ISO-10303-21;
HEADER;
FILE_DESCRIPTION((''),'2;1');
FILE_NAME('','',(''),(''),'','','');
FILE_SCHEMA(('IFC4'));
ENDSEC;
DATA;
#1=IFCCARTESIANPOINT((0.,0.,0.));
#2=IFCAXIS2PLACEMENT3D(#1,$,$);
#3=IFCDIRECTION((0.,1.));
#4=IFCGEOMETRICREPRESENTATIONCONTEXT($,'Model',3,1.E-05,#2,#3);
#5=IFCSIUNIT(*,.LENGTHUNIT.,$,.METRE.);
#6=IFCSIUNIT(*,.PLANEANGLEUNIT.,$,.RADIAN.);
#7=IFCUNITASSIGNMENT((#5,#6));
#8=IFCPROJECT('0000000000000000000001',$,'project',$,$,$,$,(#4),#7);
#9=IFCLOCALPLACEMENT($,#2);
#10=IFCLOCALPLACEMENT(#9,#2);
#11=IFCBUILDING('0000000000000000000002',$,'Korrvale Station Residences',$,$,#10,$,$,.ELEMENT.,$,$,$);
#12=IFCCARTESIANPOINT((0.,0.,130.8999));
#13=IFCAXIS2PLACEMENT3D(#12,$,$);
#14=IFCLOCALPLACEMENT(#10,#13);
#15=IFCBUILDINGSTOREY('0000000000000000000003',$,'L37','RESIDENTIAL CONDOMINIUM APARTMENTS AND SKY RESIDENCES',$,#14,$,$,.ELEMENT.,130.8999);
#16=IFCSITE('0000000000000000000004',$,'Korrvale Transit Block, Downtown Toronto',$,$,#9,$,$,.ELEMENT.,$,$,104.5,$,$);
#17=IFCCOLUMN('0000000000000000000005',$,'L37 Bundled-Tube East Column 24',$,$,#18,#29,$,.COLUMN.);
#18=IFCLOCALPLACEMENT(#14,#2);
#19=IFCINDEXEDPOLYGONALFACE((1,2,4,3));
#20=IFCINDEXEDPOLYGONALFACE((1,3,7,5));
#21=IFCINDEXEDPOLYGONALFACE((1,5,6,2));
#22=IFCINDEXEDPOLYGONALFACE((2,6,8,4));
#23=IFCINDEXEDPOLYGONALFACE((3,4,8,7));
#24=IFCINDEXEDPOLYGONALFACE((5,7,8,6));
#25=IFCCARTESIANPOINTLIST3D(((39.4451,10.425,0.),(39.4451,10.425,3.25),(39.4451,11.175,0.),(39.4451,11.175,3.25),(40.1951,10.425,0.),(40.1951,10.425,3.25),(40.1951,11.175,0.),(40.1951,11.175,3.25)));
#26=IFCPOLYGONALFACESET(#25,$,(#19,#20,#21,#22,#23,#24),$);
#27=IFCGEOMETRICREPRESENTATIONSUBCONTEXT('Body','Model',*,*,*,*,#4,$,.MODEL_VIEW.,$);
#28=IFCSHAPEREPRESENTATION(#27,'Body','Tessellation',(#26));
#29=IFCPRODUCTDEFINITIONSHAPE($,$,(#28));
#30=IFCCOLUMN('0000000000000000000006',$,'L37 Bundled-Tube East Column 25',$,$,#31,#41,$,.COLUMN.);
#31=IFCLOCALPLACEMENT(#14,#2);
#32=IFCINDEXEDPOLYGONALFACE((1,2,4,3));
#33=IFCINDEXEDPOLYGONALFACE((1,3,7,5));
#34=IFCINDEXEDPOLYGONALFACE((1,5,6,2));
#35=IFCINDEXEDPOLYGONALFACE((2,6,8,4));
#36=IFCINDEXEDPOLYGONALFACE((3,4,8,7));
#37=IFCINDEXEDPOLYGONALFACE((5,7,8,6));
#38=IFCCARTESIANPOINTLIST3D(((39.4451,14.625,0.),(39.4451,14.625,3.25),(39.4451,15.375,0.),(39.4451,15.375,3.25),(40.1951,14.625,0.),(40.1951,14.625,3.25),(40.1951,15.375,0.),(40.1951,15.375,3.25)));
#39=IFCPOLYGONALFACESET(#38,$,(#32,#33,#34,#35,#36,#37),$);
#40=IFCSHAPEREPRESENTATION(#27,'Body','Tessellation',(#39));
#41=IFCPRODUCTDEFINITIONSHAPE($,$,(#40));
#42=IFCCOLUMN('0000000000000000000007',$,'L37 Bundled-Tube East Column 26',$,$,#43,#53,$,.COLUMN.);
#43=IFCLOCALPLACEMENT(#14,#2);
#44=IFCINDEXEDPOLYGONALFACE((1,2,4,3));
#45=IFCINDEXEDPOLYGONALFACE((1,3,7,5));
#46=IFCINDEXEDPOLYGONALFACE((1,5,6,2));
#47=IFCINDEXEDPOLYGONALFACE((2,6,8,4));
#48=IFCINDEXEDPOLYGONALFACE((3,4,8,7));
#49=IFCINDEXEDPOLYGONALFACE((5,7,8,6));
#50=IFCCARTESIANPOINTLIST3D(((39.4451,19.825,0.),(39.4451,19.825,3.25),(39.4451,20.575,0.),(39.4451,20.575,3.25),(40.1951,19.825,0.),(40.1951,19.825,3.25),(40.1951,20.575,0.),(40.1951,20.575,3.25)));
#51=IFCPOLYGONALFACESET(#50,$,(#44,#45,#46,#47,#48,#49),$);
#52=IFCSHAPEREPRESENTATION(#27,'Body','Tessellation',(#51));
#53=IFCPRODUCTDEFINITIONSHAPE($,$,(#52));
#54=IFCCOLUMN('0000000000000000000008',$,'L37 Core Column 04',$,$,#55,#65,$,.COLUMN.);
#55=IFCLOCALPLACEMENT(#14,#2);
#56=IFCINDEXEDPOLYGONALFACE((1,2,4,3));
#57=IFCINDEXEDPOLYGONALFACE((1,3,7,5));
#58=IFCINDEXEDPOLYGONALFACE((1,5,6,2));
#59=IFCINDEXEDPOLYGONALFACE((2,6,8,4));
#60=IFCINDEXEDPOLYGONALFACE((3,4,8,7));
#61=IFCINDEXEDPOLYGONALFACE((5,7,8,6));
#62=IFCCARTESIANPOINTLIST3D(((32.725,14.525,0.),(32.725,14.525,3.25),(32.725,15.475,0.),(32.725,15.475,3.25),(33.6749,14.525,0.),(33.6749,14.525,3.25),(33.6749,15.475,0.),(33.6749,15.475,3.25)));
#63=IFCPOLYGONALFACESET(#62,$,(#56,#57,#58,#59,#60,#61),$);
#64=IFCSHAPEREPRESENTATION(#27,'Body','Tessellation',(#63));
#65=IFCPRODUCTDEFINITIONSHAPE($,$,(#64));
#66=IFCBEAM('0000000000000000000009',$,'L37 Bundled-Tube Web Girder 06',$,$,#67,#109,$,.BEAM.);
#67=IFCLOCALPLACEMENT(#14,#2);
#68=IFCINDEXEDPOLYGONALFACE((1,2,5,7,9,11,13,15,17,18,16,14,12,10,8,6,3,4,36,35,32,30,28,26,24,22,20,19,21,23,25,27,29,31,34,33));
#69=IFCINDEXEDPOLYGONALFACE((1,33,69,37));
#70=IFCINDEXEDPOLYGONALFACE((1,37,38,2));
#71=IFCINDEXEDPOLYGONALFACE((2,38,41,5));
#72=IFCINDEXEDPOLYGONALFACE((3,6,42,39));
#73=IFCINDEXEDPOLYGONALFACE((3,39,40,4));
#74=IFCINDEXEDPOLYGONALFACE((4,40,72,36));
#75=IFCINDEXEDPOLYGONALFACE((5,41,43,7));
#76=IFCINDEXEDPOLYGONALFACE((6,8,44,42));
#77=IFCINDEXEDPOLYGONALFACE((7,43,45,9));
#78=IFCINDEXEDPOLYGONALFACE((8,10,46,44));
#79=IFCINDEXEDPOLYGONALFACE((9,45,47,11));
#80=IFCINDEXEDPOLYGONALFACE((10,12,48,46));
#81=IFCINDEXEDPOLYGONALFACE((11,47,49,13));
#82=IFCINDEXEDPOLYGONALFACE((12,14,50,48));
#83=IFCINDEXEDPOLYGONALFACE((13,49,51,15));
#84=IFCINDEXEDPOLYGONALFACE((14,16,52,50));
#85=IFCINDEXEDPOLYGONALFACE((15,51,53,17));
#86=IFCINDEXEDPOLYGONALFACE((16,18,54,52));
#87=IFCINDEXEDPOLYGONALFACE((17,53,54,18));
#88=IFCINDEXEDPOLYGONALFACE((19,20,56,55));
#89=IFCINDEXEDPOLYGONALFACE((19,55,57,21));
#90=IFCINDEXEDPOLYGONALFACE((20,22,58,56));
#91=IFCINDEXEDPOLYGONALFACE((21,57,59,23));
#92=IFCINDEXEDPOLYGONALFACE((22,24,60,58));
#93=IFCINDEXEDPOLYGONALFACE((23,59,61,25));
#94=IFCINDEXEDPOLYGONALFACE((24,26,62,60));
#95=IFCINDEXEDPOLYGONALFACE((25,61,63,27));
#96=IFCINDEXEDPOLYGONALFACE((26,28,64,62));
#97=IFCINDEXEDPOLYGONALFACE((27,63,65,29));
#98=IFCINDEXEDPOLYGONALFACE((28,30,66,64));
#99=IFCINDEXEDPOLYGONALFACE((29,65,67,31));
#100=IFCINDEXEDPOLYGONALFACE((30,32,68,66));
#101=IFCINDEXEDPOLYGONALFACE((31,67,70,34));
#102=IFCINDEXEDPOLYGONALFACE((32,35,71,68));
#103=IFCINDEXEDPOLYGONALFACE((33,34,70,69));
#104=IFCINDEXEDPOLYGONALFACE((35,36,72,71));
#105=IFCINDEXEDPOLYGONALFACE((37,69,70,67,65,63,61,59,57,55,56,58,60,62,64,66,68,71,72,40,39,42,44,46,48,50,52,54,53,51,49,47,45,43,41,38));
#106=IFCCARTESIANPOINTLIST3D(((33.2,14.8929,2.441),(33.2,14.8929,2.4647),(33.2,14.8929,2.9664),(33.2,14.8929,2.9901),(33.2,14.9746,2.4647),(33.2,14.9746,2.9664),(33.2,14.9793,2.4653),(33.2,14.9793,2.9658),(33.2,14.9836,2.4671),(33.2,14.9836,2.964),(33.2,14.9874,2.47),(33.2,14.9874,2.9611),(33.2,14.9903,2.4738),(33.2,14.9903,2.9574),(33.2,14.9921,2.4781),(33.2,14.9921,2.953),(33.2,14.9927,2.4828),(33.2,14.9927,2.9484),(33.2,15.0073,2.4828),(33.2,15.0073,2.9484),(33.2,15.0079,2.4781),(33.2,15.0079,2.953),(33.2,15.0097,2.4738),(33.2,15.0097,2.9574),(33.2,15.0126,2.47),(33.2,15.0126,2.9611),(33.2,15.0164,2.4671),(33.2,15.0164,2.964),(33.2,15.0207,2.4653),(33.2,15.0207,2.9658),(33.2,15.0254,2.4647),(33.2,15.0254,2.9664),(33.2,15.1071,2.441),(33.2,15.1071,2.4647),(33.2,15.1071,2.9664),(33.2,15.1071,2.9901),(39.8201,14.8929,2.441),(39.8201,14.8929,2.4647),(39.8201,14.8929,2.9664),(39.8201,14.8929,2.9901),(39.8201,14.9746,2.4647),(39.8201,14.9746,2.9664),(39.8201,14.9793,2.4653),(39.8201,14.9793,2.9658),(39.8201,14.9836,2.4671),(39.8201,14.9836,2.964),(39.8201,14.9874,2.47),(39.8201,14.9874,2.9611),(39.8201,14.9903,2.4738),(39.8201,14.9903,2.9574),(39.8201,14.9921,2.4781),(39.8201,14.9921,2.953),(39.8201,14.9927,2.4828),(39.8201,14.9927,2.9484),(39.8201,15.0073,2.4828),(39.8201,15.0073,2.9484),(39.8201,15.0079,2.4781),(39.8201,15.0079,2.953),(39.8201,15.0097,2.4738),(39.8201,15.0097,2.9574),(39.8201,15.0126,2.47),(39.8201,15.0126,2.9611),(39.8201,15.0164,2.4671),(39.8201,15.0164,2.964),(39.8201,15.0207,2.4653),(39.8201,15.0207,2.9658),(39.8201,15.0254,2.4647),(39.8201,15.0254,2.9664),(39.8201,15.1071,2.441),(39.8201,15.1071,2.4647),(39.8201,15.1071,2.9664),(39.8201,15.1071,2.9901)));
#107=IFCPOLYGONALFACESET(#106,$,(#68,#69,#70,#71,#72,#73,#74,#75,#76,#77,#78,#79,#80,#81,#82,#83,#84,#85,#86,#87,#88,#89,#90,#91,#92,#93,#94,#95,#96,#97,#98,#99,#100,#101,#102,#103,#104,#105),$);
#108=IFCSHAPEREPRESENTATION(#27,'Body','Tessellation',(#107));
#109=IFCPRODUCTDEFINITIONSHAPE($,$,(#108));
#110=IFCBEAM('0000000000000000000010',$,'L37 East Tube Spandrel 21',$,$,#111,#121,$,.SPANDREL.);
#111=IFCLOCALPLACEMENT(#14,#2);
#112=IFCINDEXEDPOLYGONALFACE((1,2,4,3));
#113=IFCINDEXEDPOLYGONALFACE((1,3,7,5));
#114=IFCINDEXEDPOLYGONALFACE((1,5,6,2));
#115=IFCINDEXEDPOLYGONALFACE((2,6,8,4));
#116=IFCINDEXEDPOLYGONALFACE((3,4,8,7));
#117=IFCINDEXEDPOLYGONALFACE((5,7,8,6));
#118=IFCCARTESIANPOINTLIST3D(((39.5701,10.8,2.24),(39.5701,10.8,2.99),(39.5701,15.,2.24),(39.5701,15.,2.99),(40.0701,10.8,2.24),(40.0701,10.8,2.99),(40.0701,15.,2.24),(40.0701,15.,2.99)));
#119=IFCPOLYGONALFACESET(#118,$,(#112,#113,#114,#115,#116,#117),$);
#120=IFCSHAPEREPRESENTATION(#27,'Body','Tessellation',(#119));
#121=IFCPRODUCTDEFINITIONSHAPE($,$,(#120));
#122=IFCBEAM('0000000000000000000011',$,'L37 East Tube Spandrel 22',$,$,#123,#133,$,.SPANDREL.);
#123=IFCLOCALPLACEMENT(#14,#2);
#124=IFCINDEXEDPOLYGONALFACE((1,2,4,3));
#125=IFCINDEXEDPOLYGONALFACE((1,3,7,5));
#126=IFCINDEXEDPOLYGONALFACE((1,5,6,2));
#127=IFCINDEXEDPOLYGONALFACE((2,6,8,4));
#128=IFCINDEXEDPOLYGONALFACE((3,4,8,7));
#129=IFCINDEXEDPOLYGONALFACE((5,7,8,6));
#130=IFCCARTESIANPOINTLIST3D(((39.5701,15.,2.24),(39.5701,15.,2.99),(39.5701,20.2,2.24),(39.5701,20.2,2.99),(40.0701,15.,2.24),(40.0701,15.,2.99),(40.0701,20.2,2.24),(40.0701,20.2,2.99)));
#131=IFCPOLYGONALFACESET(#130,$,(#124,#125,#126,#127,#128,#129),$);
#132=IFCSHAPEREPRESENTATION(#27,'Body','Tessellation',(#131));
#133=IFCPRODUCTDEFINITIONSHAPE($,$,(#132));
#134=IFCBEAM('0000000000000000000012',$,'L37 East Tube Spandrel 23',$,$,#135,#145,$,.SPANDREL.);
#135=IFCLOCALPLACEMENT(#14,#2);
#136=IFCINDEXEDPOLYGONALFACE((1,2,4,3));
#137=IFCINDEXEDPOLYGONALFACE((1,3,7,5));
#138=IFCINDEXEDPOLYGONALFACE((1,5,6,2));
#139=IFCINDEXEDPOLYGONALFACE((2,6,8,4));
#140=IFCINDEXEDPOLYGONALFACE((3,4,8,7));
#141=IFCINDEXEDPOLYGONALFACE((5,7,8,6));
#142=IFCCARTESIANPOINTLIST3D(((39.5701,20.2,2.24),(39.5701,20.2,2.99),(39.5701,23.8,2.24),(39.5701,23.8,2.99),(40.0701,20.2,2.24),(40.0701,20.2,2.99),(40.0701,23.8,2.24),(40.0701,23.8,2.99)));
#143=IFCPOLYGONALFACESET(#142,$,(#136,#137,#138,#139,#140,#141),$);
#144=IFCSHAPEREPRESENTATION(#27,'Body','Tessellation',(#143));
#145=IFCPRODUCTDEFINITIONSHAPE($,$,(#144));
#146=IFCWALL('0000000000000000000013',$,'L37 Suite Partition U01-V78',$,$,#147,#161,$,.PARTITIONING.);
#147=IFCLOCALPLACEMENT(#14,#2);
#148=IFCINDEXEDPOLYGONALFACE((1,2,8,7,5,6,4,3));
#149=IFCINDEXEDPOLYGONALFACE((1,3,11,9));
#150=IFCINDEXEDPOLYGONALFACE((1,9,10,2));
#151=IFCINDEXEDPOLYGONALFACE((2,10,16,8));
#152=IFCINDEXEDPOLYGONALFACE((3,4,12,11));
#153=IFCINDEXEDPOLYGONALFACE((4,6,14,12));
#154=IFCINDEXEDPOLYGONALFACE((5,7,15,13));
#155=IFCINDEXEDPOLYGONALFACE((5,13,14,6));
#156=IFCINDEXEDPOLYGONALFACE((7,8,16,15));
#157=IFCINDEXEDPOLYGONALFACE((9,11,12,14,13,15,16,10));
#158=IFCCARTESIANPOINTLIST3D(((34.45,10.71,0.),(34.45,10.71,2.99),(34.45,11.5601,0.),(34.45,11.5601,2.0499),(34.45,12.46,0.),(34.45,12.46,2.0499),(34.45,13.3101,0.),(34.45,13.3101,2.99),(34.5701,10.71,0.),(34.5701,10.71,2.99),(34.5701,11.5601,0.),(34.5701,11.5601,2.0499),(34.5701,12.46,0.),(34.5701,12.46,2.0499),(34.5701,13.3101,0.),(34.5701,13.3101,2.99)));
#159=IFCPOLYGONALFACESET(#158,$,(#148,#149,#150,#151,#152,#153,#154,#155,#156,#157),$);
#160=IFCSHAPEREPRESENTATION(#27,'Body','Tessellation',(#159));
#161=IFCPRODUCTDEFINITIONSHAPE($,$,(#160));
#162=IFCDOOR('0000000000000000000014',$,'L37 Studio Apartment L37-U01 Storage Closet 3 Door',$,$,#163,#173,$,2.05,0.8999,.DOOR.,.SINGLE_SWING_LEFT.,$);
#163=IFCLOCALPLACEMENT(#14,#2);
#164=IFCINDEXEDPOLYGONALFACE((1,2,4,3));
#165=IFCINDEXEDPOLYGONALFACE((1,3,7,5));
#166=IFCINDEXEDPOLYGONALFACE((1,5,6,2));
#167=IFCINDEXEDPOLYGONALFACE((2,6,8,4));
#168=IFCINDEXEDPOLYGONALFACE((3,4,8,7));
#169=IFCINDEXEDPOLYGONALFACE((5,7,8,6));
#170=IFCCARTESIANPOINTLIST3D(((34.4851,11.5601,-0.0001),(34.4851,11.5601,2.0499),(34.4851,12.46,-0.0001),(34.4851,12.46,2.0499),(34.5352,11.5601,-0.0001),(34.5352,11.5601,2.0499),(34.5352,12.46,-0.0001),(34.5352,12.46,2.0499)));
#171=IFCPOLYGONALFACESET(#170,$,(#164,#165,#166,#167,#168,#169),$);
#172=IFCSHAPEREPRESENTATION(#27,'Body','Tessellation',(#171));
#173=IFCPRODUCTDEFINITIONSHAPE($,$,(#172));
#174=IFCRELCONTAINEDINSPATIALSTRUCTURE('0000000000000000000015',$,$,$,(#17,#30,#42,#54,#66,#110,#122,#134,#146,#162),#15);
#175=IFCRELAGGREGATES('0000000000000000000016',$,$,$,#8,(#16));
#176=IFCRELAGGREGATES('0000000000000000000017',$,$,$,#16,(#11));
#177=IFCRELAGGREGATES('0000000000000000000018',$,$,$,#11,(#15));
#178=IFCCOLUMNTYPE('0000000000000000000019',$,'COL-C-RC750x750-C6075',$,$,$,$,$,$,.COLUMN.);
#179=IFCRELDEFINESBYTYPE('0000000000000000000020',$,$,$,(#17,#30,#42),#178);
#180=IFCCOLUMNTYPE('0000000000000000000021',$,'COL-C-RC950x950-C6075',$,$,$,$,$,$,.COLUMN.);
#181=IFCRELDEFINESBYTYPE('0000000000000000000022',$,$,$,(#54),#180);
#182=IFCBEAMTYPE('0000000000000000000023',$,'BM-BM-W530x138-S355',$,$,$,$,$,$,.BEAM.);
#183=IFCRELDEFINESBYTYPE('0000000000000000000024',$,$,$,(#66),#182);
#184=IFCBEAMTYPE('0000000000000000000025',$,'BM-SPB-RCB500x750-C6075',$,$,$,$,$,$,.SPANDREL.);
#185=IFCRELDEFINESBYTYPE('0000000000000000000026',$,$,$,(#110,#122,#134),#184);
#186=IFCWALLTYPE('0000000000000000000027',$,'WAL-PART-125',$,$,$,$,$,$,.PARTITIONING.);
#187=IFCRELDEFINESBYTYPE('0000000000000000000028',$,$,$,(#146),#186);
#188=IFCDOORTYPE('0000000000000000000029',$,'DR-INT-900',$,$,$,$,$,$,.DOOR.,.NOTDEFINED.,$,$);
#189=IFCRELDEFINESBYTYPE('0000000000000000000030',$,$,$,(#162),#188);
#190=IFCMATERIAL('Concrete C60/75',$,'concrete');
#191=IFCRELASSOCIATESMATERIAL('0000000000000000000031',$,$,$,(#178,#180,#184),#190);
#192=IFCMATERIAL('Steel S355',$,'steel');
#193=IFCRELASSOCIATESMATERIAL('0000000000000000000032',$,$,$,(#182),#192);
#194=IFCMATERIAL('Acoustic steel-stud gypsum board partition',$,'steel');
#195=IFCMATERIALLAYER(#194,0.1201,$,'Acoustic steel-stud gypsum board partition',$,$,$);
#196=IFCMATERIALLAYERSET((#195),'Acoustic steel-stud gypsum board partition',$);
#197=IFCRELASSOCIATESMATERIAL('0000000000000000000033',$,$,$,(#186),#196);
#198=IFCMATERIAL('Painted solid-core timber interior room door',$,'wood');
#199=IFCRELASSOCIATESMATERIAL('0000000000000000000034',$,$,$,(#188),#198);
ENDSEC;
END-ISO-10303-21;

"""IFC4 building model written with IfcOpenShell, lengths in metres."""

from ifc_helpers import new_model, si_unit, direction, frame, frame_2d, origin, origin_2d, place, context, subcontext, project, spatial, rectangle, i_section, extrude, material, layer, layer_set, material_profile, profile_set, type_object, element, fill, save


model = new_model("IFC4")

# Units and contexts
model_context = context("Model", 3, precision=1e-05, world=origin(), true_north=direction((0.0, 1.0)))
body_context = subcontext(model_context, "Body", "Model", "MODEL_VIEW")
ifc_project = project(units=[si_unit("LENGTHUNIT", "METRE"), si_unit("PLANEANGLEUNIT", "RADIAN")], contexts=[model_context])

# Site, building, storey
site_placement = place(None, origin())
site = spatial("IfcSite", under=ifc_project, at=site_placement, Name="Korrvale Transit Block, Downtown Toronto", CompositionType="ELEMENT", RefElevation=104.5)
building_placement = place(site_placement, origin())
building = spatial("IfcBuilding", under=site, at=building_placement, Name="Korrvale Station Residences", CompositionType="ELEMENT")
storey_placement = place(building_placement, frame((0.0, 0.0, 130.8999)))
storey = spatial("IfcBuildingStorey", under=building, at=storey_placement, Name="L37", Description="RESIDENTIAL CONDOMINIUM APARTMENTS AND SKY RESIDENCES", CompositionType="ELEMENT", Elevation=130.8999)

# Columns
ifc_material_1 = material(Name="Concrete C60/75", Category="concrete")
ifc_material_profile_1 = material_profile(ifc_material_1, rectangle(XDim=0.75, YDim=0.75, at=origin_2d()), Name="RC750x750")
ifc_profile_set_1 = profile_set([ifc_material_profile_1], Name="Concrete C60/75")
column_type_1 = type_object("IfcColumnType", Name="COL-C-RC750x750-C6075", PredefinedType="COLUMN", material=ifc_profile_set_1)
for number, where, z_axis, x_axis, name in (
    (1, (39.8201, 10.8, 0.0), (0.0, 0.0, 1.0), (1.0, 0.0, 0.0), "L37 Bundled-Tube East Column 24"),
    (2, (39.8201, 15.0, 0.0), (0.0, 0.0, 1.0), (1.0, 0.0, 0.0), "L37 Bundled-Tube East Column 25"),
    (3, (39.8201, 20.2, 0.0), (0.0, 0.0, 1.0), (1.0, 0.0, 0.0), "L37 Bundled-Tube East Column 26"),
):
    element("IfcColumn", number, at=place(storey_placement, frame(where, z_axis=z_axis, x_axis=x_axis)), inside=storey, type_object=column_type_1, Name=name, PredefinedType="COLUMN", context=body_context, shape_type="SweptSolid", body=[
        extrude(rectangle(XDim=0.75, YDim=0.75, at=origin_2d()), origin(), (0.0, 0.0, 1.0), 3.25),
    ])
ifc_material_profile_2 = material_profile(ifc_material_1, rectangle(XDim=0.95, YDim=0.95, at=origin_2d()), Name="RC950x950")
ifc_profile_set_2 = profile_set([ifc_material_profile_2], Name="Concrete C60/75")
column_type_2 = type_object("IfcColumnType", Name="COL-C-RC950x950-C6075", PredefinedType="COLUMN", material=ifc_profile_set_2)
column_placement = place(storey_placement, frame((33.2, 15.0, 0.0), z_axis=(0.0, 0.0, 1.0), x_axis=(1.0, 0.0, 0.0)))
element("IfcColumn", 4, at=column_placement, inside=storey, type_object=column_type_2, Name="L37 Core Column 04", PredefinedType="COLUMN", context=body_context, shape_type="SweptSolid", body=[
    extrude(rectangle(XDim=0.95, YDim=0.95, at=origin_2d()), origin(), (0.0, 0.0, 1.0), 3.25),
])

# Beams
ifc_material_2 = material(Name="Steel S355", Category="steel")
ifc_material_profile_3 = material_profile(ifc_material_2, i_section(OverallWidth=0.2141, OverallDepth=0.5491, WebThickness=0.0146, FlangeThickness=0.0237, FilletRadius=0.0181, at=origin_2d()), Name="W530x138")
ifc_profile_set_3 = profile_set([ifc_material_profile_3], Name="Steel S355")
beam_type_1 = type_object("IfcBeamType", Name="BM-BM-W530x138-S355", PredefinedType="BEAM", material=ifc_profile_set_3)
beam_1_placement = place(storey_placement, frame((33.2, 15.0, 2.7156), z_axis=(1.0, 0.0, 0.0), x_axis=(0.0, 1.0, 0.0)))
element("IfcBeam", 5, at=beam_1_placement, inside=storey, type_object=beam_type_1, Name="L37 Bundled-Tube Web Girder 06", PredefinedType="BEAM", context=body_context, shape_type="SweptSolid", body=[
    extrude(i_section(OverallWidth=0.2141, OverallDepth=0.5491, WebThickness=0.0146, FlangeThickness=0.0237, FilletRadius=0.0181, at=origin_2d()), origin(), (0.0, 0.0, 1.0), 6.6201),
])
ifc_material_profile_4 = material_profile(ifc_material_1, rectangle(XDim=0.5, YDim=0.75, at=origin_2d()), Name="RCB500x750")
ifc_profile_set_4 = profile_set([ifc_material_profile_4], Name="Concrete C60/75")
beam_type_2 = type_object("IfcBeamType", Name="BM-SPB-RCB500x750-C6075", PredefinedType="SPANDREL", material=ifc_profile_set_4)
beam_2_placement = place(storey_placement, frame((39.8201, 10.8, 2.615), z_axis=(0.0, 1.0, 0.0), x_axis=(-1.0, 0.0, 0.0)))
element("IfcBeam", 6, at=beam_2_placement, inside=storey, type_object=beam_type_2, Name="L37 East Tube Spandrel 21", PredefinedType="SPANDREL", context=body_context, shape_type="SweptSolid", body=[
    extrude(rectangle(XDim=0.5, YDim=0.75, at=origin_2d()), origin(), (0.0, 0.0, 1.0), 4.2),
])
beam_3_placement = place(storey_placement, frame((39.8201, 15.0, 2.615), z_axis=(0.0, 1.0, 0.0), x_axis=(-1.0, 0.0, 0.0)))
element("IfcBeam", 7, at=beam_3_placement, inside=storey, type_object=beam_type_2, Name="L37 East Tube Spandrel 22", PredefinedType="SPANDREL", context=body_context, shape_type="SweptSolid", body=[
    extrude(rectangle(XDim=0.5, YDim=0.75, at=origin_2d()), origin(), (0.0, 0.0, 1.0), 5.2),
])
beam_4_placement = place(storey_placement, frame((39.8201, 20.2, 2.615), z_axis=(0.0, 1.0, 0.0), x_axis=(-1.0, 0.0, 0.0)))
element("IfcBeam", 8, at=beam_4_placement, inside=storey, type_object=beam_type_2, Name="L37 East Tube Spandrel 23", PredefinedType="SPANDREL", context=body_context, shape_type="SweptSolid", body=[
    extrude(rectangle(XDim=0.5, YDim=0.75, at=origin_2d()), origin(), (0.0, 0.0, 1.0), 3.6001),
])

# Wall, opening, door
ifc_material_3 = material(Name="Acoustic steel-stud gypsum board partition", Category="steel")
ifc_layer_1 = layer(ifc_material_3, 0.1201, Name="Acoustic steel-stud gypsum board partition")
ifc_layer_set_1 = layer_set([ifc_layer_1], Name="Acoustic steel-stud gypsum board partition")
wall_type_1 = type_object("IfcWallType", Name="WAL-PART-125", PredefinedType="PARTITIONING", material=ifc_layer_set_1)
wall_1_placement = place(storey_placement, frame((34.51, 10.71, 0.0), z_axis=(0.0, 0.0, 1.0), x_axis=(0.0, 1.0, 0.0)))
wall_1 = element("IfcWall", 9, at=wall_1_placement, inside=storey, type_object=wall_type_1, Name="L37 Suite Partition U01-V78", PredefinedType="PARTITIONING", context=body_context, shape_type="SweptSolid", body=[
    extrude(rectangle(XDim=2.6001, YDim=0.1201, at=frame_2d((1.3, 0.0))), origin(), (0.0, 0.0, 1.0), 2.99),
])
opening_1_placement = place(wall_1_placement, frame((0.8501, 0.0, 0.0)))
opening_1 = element("IfcOpeningElement", 10, at=opening_1_placement, cuts=wall_1, PredefinedType="OPENING", context=body_context, shape_type="SweptSolid", body=[
    extrude(rectangle(XDim=0.8999, YDim=2.05, at=frame_2d((0.45, 1.0249))), frame((0.0, 0.0701, 0.0), z_axis=(0.0, -1.0, 0.0), x_axis=(1.0, 0.0, 0.0)), (0.0, 0.0, 1.0), 0.1401),
])
ifc_material_4 = material(Name="Painted solid-core timber interior room door", Category="wood")
door_type_1 = type_object("IfcDoorType", Name="DR-INT-900", OperationType="NOTDEFINED", PredefinedType="DOOR", material=ifc_material_4)
door_1_placement = place(opening_1_placement, origin())
door_1 = element("IfcDoor", 11, at=door_1_placement, inside=storey, type_object=door_type_1, Name="L37 Studio Apartment L37-U01 Storage Closet 3 Door", OperationType="SINGLE_SWING_LEFT", OverallHeight=2.05, OverallWidth=0.8999, PredefinedType="DOOR", context=body_context, shape_type="SweptSolid", body=[
    extrude(rectangle(XDim=0.8999, YDim=2.05, at=frame_2d((0.45, 1.0249))), frame((0.0, 0.0249, 0.0), z_axis=(0.0, -1.0, 0.0), x_axis=(1.0, 0.0, 0.0)), (0.0, 0.0, 1.0), 0.05),
])
fill(opening_1, door_1)

save(model, "model.ifc")
